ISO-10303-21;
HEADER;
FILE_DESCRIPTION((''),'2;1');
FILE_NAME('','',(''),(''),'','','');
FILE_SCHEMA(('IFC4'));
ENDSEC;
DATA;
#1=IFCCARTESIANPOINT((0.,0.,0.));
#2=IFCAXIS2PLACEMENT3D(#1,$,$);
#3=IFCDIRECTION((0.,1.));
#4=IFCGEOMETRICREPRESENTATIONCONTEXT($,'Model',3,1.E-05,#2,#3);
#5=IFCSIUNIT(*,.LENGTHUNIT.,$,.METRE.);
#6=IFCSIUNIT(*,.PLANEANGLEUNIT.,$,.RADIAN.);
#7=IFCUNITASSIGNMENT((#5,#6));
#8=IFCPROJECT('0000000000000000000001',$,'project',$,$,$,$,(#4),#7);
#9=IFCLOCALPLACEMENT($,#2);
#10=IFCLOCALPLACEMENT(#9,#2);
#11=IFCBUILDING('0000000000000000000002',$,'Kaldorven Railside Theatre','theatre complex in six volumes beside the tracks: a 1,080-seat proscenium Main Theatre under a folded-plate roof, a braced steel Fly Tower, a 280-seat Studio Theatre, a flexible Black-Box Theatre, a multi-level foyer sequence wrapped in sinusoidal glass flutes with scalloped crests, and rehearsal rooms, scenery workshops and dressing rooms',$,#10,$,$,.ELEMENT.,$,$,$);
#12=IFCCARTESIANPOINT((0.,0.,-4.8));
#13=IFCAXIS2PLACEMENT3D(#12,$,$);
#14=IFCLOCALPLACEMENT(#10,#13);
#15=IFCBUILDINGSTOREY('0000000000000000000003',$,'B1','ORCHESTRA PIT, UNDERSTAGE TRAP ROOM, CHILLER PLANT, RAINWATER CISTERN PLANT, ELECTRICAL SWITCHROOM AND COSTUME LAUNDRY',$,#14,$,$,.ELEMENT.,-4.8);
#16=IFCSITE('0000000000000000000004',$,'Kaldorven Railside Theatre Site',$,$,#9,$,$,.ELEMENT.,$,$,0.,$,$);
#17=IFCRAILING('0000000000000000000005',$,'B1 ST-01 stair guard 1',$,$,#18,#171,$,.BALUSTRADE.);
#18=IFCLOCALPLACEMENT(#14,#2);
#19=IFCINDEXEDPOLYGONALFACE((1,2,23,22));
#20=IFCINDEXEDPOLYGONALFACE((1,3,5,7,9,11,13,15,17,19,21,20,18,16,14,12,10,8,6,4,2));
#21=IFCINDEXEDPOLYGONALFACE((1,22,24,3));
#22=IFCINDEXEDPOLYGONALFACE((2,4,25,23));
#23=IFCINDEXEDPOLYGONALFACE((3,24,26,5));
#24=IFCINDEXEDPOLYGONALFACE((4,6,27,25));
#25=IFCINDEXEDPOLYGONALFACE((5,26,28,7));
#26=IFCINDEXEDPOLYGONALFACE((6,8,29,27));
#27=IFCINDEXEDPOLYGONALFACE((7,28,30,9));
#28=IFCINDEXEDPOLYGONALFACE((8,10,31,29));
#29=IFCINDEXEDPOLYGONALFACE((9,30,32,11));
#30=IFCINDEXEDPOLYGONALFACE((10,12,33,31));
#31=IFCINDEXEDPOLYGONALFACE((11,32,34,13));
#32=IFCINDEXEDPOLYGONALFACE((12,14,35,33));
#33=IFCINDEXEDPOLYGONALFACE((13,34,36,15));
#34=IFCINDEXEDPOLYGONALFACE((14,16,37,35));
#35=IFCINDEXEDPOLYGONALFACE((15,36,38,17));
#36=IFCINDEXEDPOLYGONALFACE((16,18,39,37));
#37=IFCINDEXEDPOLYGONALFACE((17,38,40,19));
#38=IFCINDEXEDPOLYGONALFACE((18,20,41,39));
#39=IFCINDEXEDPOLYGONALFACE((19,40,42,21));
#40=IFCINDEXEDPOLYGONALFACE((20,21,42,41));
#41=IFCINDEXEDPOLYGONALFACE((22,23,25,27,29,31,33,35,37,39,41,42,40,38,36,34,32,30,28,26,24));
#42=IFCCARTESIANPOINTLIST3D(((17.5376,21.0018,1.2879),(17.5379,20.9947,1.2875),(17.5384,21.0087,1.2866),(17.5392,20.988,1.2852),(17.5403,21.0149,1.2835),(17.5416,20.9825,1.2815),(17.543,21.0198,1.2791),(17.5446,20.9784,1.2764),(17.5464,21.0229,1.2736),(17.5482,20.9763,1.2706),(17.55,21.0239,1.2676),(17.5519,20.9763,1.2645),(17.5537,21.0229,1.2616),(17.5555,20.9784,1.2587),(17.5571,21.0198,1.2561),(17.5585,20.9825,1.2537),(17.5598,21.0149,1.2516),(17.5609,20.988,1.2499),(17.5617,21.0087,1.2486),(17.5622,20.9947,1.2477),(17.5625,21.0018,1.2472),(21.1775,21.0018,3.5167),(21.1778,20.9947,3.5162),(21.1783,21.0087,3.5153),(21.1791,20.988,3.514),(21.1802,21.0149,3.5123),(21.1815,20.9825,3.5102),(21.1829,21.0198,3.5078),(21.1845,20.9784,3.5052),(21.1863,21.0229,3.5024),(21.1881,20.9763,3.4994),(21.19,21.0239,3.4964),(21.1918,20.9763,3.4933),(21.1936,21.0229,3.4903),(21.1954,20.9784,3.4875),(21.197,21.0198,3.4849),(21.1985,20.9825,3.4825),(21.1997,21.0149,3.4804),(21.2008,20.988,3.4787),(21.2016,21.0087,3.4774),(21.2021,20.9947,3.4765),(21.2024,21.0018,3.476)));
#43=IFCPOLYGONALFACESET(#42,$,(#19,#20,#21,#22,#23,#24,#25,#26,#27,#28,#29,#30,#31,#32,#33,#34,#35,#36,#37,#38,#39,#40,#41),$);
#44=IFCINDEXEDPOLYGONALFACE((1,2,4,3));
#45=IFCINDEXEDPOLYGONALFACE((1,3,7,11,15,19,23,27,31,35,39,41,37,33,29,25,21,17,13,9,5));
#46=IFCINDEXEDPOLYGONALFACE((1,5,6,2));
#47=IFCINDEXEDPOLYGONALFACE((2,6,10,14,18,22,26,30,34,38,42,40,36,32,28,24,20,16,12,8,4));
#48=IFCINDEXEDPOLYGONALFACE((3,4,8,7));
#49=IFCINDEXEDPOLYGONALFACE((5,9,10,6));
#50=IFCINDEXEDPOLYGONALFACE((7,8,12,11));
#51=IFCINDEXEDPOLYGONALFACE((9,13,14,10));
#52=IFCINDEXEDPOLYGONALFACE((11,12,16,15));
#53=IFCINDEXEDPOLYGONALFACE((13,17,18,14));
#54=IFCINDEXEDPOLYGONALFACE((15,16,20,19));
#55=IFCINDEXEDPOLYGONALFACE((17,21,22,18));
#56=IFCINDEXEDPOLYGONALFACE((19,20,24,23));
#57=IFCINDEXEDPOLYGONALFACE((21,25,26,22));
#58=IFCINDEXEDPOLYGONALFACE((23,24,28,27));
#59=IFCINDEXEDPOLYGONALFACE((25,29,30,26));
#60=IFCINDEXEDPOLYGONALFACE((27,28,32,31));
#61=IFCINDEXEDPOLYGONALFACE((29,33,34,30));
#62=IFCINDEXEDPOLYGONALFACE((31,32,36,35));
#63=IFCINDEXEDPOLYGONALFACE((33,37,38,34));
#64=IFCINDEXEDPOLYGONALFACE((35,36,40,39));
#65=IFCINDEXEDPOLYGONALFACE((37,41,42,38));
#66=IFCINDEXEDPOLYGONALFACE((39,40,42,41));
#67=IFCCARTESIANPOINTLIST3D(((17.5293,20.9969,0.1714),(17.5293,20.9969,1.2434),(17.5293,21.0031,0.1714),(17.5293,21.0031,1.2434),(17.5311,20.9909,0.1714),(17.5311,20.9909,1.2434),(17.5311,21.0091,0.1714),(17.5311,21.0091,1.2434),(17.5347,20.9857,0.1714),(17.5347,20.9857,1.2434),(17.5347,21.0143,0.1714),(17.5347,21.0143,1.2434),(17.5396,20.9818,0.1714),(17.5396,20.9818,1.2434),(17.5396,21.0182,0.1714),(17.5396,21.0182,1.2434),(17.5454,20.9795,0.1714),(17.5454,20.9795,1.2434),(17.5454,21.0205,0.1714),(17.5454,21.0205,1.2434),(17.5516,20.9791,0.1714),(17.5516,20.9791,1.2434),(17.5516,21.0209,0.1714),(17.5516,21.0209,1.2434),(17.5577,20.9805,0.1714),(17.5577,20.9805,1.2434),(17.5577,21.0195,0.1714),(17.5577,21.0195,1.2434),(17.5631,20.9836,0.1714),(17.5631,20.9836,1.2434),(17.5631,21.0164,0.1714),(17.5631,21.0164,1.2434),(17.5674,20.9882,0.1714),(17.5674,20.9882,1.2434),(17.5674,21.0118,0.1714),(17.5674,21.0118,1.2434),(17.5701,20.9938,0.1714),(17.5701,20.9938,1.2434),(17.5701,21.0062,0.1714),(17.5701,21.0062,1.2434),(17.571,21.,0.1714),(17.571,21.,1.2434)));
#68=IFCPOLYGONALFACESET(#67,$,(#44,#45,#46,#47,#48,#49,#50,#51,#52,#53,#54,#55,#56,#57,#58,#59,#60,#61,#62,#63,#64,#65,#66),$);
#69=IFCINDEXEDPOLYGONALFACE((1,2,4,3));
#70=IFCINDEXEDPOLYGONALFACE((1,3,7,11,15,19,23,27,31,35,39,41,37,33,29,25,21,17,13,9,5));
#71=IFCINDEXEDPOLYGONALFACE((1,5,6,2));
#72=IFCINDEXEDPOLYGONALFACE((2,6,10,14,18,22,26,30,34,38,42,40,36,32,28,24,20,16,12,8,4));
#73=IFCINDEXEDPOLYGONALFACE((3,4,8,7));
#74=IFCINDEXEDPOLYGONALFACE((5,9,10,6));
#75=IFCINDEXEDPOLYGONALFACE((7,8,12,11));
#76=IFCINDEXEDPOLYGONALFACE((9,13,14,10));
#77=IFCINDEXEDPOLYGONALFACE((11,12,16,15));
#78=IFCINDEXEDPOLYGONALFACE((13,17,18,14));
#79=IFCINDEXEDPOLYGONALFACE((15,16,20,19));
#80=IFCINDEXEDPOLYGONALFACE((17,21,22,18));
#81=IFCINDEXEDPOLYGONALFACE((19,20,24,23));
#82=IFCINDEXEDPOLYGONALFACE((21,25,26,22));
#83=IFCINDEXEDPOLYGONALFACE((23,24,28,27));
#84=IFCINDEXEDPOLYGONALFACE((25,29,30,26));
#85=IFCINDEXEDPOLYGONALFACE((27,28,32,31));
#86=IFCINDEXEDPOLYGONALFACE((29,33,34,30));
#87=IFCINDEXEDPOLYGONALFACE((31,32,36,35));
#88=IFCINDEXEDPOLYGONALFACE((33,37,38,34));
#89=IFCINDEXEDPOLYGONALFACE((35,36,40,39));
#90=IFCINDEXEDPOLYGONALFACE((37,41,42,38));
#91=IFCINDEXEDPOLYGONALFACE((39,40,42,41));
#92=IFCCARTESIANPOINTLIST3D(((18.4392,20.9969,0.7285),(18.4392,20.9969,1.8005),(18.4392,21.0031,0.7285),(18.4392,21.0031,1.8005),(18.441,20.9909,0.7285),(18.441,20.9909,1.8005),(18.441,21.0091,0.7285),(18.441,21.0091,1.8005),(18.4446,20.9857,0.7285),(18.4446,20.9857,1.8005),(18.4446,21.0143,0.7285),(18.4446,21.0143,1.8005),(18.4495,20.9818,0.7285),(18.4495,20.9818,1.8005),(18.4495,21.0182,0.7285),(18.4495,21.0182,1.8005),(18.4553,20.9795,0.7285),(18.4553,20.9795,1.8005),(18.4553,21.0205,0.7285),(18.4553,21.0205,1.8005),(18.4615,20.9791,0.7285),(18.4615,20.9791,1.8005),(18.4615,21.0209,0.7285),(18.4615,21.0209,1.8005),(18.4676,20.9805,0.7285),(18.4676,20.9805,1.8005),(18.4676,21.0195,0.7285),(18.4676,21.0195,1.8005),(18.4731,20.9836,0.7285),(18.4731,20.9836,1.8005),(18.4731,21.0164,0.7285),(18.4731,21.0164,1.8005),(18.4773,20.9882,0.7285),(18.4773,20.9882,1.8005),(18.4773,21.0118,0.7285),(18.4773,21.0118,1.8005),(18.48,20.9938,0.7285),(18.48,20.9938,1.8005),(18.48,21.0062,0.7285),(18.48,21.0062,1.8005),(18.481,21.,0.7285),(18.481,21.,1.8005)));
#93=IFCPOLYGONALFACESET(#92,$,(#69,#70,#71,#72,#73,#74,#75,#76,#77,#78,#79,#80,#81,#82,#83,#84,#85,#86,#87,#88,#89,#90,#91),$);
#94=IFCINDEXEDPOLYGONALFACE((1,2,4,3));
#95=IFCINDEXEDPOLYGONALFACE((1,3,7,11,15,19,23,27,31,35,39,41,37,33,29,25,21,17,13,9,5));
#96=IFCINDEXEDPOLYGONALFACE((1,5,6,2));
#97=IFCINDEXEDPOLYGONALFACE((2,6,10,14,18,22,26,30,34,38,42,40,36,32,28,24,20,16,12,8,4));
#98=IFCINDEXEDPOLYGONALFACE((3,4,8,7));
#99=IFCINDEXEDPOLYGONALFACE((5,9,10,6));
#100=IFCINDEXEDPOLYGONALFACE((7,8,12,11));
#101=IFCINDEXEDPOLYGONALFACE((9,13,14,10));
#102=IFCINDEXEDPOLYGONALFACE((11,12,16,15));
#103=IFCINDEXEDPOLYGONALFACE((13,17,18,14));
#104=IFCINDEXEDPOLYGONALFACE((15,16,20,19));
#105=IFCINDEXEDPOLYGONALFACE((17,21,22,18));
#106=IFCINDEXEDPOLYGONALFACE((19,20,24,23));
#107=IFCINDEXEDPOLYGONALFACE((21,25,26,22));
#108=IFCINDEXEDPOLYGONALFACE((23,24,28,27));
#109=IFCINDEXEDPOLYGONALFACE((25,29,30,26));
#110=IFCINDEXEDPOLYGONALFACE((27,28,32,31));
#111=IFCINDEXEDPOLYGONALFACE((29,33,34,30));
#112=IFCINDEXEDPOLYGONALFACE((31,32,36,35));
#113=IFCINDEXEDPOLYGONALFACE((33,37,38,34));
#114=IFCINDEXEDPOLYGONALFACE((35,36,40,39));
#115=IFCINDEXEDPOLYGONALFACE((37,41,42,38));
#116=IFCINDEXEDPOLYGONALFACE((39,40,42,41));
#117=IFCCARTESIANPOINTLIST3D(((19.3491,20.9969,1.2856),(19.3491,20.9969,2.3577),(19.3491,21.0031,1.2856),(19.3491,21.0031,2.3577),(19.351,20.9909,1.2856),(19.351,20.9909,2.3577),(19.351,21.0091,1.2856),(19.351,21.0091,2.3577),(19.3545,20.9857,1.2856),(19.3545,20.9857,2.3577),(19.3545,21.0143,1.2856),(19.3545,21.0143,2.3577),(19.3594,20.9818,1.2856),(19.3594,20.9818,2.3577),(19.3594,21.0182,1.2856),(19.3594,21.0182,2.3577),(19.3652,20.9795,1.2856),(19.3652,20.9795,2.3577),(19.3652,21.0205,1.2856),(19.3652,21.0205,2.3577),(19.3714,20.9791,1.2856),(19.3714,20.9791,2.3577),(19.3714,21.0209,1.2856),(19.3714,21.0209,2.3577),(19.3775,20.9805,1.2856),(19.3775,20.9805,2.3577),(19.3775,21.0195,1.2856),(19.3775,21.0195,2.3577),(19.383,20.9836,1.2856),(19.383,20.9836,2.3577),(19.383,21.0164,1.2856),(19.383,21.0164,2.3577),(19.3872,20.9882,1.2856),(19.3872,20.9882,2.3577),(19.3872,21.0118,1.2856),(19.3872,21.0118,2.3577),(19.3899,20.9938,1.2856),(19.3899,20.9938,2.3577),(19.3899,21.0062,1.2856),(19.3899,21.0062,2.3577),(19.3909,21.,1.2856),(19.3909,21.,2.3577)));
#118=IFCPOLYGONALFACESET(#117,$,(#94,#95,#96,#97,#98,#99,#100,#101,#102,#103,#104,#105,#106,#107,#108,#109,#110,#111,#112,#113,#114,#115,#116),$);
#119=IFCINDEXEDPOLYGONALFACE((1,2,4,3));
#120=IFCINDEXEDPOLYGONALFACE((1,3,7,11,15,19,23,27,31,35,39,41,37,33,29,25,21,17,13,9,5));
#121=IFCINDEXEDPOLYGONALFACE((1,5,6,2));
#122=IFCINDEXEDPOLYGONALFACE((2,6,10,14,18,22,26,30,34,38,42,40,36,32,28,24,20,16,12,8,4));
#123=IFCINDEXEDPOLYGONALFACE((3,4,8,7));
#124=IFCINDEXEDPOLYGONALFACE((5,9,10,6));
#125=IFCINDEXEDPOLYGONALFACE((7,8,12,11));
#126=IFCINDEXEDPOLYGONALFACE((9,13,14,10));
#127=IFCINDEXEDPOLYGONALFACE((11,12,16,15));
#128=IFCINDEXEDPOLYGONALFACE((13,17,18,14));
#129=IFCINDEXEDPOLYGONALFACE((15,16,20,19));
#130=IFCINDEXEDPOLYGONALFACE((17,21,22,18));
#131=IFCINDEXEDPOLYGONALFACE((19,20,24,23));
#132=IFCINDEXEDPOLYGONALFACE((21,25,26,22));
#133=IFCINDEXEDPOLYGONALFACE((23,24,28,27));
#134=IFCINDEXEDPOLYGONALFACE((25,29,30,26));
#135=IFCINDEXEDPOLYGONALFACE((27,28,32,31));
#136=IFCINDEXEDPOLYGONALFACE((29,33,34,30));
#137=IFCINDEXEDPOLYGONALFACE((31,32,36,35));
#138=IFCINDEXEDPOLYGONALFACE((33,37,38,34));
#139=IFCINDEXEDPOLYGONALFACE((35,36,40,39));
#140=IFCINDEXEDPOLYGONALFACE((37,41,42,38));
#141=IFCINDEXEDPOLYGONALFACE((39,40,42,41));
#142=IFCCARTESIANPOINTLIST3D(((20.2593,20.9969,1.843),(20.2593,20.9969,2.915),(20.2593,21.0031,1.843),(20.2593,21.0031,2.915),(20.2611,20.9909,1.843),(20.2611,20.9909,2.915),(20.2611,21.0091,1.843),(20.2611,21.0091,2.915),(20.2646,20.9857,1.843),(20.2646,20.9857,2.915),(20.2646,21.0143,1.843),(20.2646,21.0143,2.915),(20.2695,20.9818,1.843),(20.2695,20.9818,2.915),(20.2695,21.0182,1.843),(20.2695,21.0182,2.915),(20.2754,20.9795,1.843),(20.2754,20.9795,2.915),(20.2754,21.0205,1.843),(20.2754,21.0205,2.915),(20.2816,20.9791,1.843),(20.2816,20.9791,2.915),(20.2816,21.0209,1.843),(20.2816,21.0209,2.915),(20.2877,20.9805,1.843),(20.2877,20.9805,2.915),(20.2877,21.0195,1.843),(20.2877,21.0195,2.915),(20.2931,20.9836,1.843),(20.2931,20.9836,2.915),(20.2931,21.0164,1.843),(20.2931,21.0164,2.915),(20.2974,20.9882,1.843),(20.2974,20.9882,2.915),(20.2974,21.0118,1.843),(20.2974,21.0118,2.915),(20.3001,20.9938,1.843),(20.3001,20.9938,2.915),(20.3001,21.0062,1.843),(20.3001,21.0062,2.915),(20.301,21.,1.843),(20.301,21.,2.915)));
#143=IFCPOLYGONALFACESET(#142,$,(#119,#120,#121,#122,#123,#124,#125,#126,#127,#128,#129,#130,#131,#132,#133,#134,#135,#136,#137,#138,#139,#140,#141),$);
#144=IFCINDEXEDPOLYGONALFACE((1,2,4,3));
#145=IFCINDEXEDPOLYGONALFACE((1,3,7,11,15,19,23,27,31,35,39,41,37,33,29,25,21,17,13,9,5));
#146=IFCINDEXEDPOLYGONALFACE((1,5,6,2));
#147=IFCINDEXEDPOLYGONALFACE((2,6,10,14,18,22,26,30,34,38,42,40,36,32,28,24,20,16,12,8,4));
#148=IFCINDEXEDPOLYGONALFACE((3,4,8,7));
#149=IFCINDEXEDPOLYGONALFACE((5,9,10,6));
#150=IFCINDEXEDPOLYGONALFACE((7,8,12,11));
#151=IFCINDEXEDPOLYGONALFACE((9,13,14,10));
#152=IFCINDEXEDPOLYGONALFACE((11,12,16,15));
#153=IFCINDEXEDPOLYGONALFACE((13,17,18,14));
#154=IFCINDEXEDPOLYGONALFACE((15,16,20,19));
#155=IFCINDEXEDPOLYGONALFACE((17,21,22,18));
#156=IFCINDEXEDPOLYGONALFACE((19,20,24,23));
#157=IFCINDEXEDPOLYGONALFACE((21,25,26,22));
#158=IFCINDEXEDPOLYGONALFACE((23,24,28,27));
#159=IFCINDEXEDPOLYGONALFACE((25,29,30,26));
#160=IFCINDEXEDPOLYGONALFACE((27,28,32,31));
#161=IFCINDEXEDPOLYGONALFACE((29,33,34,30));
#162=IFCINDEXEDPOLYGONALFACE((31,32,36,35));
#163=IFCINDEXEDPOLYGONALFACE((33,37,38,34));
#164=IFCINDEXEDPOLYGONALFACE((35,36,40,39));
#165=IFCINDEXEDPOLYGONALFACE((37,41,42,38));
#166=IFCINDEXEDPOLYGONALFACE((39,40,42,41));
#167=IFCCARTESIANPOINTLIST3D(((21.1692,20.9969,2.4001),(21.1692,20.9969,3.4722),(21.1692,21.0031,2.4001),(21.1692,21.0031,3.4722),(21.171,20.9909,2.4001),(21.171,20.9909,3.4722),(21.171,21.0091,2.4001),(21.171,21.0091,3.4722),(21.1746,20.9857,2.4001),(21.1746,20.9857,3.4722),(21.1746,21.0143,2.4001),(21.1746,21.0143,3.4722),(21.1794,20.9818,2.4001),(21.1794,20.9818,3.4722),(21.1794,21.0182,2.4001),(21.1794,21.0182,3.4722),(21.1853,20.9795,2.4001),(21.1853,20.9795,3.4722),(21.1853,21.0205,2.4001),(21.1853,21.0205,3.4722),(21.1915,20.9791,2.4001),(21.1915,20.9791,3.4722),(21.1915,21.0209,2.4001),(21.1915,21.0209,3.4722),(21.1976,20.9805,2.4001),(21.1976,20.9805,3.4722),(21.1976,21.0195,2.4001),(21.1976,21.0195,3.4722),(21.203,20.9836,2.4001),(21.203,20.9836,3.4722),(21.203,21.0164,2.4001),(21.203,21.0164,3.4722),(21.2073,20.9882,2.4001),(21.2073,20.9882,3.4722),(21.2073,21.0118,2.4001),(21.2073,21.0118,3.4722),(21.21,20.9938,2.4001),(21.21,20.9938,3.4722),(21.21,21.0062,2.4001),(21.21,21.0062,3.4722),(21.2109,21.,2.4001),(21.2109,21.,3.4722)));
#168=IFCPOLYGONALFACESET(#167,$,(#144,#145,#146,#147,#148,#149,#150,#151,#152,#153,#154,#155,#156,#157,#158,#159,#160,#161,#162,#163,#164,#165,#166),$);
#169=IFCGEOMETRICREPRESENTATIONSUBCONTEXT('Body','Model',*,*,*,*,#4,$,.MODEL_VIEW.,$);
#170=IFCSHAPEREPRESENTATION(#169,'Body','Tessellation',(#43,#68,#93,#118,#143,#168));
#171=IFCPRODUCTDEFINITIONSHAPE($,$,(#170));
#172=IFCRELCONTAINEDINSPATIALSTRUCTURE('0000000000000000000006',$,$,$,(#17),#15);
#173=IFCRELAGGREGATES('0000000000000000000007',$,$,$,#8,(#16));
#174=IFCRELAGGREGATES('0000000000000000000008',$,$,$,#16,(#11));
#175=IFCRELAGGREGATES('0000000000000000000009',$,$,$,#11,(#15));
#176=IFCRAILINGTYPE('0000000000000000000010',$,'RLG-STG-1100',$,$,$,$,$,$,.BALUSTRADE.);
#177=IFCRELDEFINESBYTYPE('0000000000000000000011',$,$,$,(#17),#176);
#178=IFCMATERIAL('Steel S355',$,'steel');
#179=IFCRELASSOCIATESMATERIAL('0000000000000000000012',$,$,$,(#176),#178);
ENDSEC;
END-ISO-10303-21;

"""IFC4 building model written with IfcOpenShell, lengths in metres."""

from ifc_helpers import new_model, si_unit, direction, frame, origin, origin_2d, place, context, subcontext, project, spatial, circle, extrude, material, type_object, element, save


model = new_model("IFC4")

# Units and contexts
model_context = context("Model", 3, precision=1e-05, world=origin(), true_north=direction((0.0, 1.0)))
body_context = subcontext(model_context, "Body", "Model", "MODEL_VIEW")
ifc_project = project(units=[si_unit("LENGTHUNIT", "METRE"), si_unit("PLANEANGLEUNIT", "RADIAN")], contexts=[model_context])

# Site, building, storey
site_placement = place(None, origin())
site = spatial("IfcSite", under=ifc_project, at=site_placement, Name="Kaldorven Railside Theatre Site", CompositionType="ELEMENT", RefElevation=0.0)
building_placement = place(site_placement, origin())
building = spatial("IfcBuilding", under=site, at=building_placement, Name="Kaldorven Railside Theatre", Description="theatre complex in six volumes beside the tracks: a 1,080-seat proscenium Main Theatre under a folded-plate roof, a braced steel Fly Tower, a 280-seat Studio Theatre, a flexible Black-Box Theatre, a multi-level foyer sequence wrapped in sinusoidal glass flutes with scalloped crests, and rehearsal rooms, scenery workshops and dressing rooms", CompositionType="ELEMENT")
storey_placement = place(building_placement, frame((0.0, 0.0, -4.8)))
storey = spatial("IfcBuildingStorey", under=building, at=storey_placement, Name="B1", Description="ORCHESTRA PIT, UNDERSTAGE TRAP ROOM, CHILLER PLANT, RAINWATER CISTERN PLANT, ELECTRICAL SWITCHROOM AND COSTUME LAUNDRY", CompositionType="ELEMENT", Elevation=-4.8)

# Railing
ifc_material_1 = material(Name="Steel S355", Category="steel")
railing_type_1 = type_object("IfcRailingType", Name="RLG-STG-1100", PredefinedType="BALUSTRADE", material=ifc_material_1)
railing_1_placement = place(storey_placement, frame((17.55, 21.0, 0.1714)))
element("IfcRailing", 1, at=railing_1_placement, inside=storey, type_object=railing_type_1, Name="B1 ST-01 stair guard 1", PredefinedType="BALUSTRADE", context=body_context, shape_type="SweptSolid", body=[
    extrude(circle(Radius=0.0239, at=origin_2d()), frame((0.0, 0.0, 1.0962), z_axis=(0.852825, 0.0, 0.522197), x_axis=(0.0, 1.0, 0.0)), (0.0, 0.0, 1.0), 4.2681),
    extrude(circle(Radius=0.021, at=origin_2d()), origin(), (0.0, 0.0, 1.0), 1.072),
    extrude(circle(Radius=0.021, at=origin_2d()), frame((0.9099, 0.0, 0.5571)), (0.0, 0.0, 1.0), 1.072),
    extrude(circle(Radius=0.021, at=origin_2d()), frame((1.8198, 0.0, 1.1143)), (0.0, 0.0, 1.0), 1.072),
    extrude(circle(Radius=0.021, at=origin_2d()), frame((2.73, 0.0, 1.6716)), (0.0, 0.0, 1.0), 1.072),
    extrude(circle(Radius=0.021, at=origin_2d()), frame((3.6399, 0.0, 2.2288)), (0.0, 0.0, 1.0), 1.072),
])

save(model, "model.ifc")
